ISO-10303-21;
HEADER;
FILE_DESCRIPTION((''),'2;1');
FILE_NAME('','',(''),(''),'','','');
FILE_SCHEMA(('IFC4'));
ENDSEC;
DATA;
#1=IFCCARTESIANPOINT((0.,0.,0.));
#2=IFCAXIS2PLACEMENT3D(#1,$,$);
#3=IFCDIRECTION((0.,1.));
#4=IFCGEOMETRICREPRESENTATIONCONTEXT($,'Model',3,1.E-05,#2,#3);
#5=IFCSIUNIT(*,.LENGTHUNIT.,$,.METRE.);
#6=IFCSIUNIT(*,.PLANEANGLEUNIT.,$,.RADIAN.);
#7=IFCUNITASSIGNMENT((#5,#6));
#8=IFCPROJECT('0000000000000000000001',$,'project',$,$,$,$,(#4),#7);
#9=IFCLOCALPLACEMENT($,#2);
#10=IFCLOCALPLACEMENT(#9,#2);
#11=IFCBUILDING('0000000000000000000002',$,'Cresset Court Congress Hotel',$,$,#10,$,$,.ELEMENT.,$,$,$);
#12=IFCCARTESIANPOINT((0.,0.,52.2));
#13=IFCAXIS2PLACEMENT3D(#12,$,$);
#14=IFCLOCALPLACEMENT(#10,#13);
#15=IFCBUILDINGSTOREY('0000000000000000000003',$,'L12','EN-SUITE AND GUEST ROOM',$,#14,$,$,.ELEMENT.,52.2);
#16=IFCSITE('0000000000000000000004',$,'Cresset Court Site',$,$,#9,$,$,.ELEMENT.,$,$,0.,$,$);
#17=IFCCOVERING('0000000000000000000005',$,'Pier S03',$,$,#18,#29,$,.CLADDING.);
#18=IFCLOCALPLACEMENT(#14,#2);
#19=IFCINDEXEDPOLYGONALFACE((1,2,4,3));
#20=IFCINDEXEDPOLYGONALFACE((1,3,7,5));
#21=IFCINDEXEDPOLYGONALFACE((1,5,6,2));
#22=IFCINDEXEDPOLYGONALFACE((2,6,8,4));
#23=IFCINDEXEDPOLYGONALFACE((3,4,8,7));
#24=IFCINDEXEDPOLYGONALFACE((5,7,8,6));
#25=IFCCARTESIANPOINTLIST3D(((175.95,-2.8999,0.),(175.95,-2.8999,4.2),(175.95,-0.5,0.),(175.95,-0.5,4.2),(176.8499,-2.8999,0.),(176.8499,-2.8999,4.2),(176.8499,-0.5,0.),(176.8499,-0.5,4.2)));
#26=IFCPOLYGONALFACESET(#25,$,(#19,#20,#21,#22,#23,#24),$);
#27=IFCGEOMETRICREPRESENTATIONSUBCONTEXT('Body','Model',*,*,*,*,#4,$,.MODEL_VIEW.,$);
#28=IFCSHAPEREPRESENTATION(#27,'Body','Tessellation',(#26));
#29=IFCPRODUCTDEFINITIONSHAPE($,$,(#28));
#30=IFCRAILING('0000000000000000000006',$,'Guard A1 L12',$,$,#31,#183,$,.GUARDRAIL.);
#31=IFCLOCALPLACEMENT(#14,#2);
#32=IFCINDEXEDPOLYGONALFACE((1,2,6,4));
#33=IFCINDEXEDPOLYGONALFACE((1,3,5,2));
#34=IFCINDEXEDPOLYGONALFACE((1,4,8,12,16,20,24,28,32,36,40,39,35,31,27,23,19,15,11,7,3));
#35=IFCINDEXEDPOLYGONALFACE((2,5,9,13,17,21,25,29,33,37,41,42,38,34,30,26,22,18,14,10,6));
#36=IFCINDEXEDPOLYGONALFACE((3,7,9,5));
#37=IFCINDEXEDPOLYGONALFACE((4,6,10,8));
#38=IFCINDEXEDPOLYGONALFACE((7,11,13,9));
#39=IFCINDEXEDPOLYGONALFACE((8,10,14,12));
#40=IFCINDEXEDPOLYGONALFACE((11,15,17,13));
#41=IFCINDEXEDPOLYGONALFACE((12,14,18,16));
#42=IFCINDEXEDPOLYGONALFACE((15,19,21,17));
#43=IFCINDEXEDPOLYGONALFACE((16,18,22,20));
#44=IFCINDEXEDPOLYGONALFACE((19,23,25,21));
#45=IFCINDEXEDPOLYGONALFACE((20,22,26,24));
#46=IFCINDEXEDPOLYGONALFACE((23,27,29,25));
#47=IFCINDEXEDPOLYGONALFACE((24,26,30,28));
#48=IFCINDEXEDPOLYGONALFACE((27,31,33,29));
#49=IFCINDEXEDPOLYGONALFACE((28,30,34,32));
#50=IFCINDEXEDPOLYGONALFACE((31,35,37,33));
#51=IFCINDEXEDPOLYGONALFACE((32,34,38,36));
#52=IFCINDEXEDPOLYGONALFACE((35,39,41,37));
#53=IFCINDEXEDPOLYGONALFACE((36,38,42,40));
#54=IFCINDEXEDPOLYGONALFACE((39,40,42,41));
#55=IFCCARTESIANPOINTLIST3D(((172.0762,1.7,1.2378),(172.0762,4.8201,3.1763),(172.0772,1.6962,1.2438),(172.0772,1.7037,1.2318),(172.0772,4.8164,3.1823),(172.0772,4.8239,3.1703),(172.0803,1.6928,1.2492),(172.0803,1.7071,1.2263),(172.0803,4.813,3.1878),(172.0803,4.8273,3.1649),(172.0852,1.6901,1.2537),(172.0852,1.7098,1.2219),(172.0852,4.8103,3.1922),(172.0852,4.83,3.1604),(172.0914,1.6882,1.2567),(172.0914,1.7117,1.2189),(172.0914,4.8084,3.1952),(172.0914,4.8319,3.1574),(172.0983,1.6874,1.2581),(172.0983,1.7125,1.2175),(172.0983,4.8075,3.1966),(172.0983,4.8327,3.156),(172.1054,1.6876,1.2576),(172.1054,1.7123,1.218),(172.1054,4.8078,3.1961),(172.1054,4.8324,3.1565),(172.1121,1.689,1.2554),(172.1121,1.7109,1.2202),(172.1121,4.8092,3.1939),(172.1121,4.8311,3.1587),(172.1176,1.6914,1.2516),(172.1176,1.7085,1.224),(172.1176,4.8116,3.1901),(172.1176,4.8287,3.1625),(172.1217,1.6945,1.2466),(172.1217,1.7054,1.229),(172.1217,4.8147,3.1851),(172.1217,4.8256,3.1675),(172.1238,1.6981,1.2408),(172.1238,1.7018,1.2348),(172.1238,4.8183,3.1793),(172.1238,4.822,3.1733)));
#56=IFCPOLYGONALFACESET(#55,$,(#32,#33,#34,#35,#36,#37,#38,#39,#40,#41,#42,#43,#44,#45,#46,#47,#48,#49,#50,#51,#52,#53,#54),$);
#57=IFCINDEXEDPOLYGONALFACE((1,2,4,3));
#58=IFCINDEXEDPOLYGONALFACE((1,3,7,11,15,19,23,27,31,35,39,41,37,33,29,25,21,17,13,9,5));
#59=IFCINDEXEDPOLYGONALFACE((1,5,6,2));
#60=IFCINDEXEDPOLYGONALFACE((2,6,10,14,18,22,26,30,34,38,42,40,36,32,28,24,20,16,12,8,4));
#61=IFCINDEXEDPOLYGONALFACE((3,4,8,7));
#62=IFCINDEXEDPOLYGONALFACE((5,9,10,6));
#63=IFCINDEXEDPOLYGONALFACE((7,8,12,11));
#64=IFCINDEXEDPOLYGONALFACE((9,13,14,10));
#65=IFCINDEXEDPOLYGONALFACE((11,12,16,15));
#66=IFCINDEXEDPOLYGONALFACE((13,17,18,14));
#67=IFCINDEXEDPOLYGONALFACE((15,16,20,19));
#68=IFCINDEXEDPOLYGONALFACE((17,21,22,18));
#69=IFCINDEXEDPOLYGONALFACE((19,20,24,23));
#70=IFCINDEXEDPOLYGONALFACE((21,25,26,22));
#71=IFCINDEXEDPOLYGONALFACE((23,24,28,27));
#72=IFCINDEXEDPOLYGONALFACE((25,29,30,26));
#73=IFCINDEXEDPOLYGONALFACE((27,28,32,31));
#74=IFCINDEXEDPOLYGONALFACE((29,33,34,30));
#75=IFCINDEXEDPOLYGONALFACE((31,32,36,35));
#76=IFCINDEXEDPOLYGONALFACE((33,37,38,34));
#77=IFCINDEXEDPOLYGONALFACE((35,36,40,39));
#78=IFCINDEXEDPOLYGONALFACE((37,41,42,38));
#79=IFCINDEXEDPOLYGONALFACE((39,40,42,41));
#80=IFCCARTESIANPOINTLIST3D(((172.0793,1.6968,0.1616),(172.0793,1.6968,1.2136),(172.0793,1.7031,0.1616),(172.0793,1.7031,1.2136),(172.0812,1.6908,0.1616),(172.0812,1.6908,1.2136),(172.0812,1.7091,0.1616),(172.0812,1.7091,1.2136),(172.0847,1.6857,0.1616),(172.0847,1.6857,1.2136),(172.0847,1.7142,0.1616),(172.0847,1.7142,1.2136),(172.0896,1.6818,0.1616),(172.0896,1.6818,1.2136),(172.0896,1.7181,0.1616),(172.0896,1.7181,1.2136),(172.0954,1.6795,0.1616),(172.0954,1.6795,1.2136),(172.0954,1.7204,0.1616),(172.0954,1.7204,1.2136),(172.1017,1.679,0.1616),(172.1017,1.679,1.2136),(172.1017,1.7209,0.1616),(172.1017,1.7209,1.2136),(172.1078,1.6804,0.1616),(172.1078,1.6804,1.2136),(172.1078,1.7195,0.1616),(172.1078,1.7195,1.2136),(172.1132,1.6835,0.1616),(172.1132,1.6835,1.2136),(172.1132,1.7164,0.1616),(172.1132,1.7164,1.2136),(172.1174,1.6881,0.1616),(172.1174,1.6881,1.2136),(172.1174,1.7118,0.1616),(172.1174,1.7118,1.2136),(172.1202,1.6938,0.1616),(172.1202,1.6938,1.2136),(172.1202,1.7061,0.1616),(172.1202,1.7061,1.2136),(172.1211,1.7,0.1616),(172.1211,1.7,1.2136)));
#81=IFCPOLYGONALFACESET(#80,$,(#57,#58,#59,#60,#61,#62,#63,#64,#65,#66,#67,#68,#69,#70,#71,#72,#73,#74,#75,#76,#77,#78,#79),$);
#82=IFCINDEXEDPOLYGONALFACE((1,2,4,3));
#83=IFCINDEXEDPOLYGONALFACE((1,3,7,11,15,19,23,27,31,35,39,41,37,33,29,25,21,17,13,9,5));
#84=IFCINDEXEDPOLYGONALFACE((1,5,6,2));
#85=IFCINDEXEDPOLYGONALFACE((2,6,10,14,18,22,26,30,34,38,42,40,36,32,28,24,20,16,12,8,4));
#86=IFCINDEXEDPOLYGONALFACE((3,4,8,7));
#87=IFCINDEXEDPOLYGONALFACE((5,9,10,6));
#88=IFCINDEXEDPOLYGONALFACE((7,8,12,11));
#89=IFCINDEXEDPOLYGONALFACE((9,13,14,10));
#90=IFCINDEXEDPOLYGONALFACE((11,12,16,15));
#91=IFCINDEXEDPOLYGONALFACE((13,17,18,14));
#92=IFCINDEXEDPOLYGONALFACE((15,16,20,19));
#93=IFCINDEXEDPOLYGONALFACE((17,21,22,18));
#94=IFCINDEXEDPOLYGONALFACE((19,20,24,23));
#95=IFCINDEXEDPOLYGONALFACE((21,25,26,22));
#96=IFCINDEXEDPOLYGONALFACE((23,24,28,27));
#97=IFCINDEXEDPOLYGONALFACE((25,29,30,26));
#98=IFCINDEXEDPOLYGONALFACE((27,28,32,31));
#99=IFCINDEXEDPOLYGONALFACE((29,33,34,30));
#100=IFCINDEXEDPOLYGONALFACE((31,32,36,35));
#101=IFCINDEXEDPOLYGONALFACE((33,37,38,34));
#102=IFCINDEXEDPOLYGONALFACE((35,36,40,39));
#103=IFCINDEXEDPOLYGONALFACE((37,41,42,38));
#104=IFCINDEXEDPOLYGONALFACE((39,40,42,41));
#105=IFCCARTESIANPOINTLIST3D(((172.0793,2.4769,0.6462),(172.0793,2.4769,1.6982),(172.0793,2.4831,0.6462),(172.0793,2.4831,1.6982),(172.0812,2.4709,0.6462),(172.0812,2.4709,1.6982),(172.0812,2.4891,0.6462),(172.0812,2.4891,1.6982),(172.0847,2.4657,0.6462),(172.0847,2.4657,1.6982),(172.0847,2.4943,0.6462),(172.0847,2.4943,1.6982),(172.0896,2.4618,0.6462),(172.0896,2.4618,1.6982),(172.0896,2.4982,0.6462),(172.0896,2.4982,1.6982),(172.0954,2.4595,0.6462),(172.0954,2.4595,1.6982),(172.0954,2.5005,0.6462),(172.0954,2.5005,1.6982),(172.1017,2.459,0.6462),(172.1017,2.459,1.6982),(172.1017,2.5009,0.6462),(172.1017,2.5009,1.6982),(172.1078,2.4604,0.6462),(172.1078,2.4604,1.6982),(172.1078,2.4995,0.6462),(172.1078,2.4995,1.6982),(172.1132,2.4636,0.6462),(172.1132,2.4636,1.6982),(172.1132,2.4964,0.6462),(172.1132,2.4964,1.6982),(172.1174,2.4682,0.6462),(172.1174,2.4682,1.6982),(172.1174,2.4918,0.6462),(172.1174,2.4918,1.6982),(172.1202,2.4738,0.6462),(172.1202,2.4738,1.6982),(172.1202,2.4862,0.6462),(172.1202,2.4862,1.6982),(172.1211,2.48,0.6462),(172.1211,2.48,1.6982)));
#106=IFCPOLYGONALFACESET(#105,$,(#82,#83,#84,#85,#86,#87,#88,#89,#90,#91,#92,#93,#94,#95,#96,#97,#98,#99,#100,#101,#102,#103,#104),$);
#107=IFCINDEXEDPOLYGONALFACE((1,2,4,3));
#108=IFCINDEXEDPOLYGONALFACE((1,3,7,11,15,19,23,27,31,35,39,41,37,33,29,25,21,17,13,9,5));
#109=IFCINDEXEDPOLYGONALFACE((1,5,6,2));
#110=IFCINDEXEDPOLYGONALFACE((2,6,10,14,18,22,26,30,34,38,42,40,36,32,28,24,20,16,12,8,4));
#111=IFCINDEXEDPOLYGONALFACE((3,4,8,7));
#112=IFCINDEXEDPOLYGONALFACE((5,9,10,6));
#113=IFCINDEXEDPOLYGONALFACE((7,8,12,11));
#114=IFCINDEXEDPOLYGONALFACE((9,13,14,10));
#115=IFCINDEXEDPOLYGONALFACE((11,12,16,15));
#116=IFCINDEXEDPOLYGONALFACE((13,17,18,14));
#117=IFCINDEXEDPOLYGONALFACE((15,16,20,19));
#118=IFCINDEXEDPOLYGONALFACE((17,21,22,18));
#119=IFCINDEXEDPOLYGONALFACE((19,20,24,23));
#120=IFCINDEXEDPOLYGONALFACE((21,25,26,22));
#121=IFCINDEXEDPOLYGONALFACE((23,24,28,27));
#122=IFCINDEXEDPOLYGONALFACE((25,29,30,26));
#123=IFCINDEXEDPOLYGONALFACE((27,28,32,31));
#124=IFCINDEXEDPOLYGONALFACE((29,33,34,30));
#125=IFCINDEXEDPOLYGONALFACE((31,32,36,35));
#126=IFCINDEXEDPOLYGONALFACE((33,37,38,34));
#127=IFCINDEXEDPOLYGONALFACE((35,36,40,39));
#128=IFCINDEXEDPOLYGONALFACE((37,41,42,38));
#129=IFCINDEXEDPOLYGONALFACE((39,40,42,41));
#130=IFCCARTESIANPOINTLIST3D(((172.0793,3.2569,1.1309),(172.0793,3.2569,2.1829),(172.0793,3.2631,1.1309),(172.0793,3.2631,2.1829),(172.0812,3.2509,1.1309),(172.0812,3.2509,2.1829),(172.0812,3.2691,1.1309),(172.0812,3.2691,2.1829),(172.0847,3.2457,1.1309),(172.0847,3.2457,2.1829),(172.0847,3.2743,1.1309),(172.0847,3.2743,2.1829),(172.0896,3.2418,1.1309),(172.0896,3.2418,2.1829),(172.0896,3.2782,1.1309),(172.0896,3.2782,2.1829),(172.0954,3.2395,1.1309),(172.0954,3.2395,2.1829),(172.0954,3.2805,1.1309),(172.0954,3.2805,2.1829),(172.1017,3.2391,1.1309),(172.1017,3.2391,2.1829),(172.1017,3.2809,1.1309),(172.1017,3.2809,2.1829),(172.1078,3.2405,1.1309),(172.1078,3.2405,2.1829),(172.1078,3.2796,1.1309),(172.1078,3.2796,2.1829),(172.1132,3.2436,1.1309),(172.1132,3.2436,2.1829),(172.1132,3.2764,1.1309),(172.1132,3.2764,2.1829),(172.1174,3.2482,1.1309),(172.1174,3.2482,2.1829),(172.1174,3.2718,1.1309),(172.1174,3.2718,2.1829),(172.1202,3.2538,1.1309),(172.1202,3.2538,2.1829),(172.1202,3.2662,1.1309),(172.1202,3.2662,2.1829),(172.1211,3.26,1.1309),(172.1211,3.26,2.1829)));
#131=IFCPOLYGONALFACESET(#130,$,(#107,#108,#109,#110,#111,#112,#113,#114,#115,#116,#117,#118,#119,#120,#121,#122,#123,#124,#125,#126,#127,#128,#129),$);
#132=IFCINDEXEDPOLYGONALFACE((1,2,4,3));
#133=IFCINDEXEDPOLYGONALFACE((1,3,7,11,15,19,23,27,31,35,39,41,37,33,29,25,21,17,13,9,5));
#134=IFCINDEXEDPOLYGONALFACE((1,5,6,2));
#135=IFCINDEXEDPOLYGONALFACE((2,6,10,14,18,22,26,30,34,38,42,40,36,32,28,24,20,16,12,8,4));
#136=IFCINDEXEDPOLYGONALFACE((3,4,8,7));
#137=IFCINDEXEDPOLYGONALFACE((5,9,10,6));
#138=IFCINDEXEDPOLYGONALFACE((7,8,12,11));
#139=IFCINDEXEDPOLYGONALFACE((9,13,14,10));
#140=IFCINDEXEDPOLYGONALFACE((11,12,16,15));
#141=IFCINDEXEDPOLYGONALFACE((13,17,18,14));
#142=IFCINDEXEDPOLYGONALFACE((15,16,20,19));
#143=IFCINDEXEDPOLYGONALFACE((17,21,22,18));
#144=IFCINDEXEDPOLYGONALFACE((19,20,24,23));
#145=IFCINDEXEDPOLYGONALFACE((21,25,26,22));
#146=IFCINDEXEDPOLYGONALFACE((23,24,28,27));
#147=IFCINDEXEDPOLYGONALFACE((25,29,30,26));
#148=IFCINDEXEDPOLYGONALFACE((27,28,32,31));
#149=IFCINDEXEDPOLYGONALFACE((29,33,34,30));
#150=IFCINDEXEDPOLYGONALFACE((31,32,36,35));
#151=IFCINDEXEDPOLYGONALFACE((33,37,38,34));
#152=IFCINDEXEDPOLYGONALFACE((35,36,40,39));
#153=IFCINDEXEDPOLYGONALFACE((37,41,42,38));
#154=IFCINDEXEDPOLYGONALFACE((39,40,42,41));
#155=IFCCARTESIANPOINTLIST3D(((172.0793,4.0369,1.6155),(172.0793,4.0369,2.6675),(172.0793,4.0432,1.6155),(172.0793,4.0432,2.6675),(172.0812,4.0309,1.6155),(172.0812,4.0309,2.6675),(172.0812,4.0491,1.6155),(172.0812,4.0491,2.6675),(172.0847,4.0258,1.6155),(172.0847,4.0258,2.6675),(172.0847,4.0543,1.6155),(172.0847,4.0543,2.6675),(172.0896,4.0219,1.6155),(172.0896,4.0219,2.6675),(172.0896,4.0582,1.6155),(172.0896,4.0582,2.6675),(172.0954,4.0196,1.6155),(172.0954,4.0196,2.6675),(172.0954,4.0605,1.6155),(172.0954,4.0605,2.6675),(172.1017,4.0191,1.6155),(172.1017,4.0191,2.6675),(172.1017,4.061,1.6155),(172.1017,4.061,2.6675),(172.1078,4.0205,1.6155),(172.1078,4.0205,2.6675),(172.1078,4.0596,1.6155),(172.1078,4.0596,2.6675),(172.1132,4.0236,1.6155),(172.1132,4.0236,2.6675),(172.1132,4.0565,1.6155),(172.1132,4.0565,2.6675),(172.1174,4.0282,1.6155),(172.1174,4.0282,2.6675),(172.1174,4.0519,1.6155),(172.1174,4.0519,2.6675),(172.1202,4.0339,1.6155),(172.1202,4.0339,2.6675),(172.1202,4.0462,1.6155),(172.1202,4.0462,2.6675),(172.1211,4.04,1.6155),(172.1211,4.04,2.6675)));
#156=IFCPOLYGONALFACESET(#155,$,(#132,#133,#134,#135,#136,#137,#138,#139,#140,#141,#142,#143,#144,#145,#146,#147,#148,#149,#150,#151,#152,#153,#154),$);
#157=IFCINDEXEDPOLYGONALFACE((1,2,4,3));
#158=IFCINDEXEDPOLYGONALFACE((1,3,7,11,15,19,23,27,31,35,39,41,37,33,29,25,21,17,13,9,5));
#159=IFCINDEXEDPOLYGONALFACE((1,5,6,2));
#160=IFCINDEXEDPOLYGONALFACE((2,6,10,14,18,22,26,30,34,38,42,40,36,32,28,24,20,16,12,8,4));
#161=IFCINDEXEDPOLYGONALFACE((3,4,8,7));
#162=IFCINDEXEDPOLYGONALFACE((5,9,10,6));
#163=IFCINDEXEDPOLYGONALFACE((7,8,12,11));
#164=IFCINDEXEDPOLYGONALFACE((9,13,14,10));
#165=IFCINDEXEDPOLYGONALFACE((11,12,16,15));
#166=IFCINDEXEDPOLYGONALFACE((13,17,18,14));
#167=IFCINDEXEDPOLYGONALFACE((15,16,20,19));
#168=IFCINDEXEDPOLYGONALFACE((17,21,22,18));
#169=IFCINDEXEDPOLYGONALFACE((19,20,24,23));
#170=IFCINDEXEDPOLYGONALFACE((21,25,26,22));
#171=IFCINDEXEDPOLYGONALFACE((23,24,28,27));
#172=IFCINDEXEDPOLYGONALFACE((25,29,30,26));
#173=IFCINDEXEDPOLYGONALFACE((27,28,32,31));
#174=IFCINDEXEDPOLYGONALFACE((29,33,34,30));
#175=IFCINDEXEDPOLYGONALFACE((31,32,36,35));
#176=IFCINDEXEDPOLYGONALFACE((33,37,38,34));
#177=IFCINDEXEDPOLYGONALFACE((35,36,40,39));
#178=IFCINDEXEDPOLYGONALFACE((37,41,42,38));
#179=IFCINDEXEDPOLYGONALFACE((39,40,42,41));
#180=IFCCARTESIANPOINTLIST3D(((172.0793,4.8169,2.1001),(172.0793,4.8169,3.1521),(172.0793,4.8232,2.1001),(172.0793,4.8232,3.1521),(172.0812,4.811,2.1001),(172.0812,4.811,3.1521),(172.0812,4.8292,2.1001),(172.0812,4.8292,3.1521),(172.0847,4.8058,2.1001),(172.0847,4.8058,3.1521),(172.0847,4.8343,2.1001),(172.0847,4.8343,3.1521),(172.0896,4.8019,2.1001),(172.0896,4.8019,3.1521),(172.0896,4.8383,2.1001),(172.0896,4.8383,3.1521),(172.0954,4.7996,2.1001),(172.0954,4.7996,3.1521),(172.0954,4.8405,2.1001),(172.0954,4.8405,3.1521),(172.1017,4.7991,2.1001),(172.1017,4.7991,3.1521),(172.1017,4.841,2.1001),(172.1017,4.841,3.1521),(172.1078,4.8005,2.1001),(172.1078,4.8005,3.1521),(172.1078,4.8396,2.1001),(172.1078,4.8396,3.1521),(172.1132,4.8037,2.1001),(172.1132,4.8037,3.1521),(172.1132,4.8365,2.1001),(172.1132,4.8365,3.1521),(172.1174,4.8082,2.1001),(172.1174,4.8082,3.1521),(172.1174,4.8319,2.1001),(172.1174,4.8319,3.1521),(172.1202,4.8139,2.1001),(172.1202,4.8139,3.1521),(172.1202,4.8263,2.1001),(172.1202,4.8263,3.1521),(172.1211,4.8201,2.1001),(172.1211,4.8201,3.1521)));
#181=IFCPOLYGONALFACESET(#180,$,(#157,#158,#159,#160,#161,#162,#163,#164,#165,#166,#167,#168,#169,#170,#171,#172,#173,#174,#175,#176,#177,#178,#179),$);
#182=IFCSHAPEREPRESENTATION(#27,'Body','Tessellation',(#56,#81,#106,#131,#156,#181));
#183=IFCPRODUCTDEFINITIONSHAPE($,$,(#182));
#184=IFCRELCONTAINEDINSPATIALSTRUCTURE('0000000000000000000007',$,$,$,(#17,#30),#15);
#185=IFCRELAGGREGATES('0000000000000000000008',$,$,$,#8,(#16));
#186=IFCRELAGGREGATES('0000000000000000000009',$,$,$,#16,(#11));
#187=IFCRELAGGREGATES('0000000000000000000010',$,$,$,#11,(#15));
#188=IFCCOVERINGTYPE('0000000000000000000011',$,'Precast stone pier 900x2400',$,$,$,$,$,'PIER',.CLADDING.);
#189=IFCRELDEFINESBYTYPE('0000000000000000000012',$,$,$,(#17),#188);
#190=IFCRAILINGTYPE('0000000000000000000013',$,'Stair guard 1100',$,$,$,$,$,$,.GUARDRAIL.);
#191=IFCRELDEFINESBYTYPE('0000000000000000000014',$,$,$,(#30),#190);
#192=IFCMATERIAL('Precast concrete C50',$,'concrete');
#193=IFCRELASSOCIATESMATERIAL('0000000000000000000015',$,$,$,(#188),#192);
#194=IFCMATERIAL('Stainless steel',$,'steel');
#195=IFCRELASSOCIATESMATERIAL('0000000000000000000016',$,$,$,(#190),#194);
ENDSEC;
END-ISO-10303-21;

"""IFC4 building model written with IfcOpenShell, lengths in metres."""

from ifc_helpers import new_model, si_unit, direction, frame, origin, origin_2d, place, context, subcontext, project, spatial, rectangle, circle, extrude, material, type_object, element, save


model = new_model("IFC4")

# Units and contexts
model_context = context("Model", 3, precision=1e-05, world=origin(), true_north=direction((0.0, 1.0)))
body_context = subcontext(model_context, "Body", "Model", "MODEL_VIEW")
ifc_project = project(units=[si_unit("LENGTHUNIT", "METRE"), si_unit("PLANEANGLEUNIT", "RADIAN")], contexts=[model_context])

# Site, building, storey
site_placement = place(None, origin())
site = spatial("IfcSite", under=ifc_project, at=site_placement, Name="Cresset Court Site", CompositionType="ELEMENT", RefElevation=0.0)
building_placement = place(site_placement, origin())
building = spatial("IfcBuilding", under=site, at=building_placement, Name="Cresset Court Congress Hotel", CompositionType="ELEMENT")
storey_placement = place(building_placement, frame((0.0, 0.0, 52.2)))
storey = spatial("IfcBuildingStorey", under=building, at=storey_placement, Name="L12", Description="EN-SUITE AND GUEST ROOM", CompositionType="ELEMENT", Elevation=52.2)

# Covering
ifc_material_1 = material(Name="Precast concrete C50", Category="concrete")
covering_type_1 = type_object("IfcCoveringType", Name="Precast stone pier 900x2400", ElementType="PIER", PredefinedType="CLADDING", material=ifc_material_1)
covering_1_placement = place(storey_placement, frame((176.3999, -1.7, 0.0), z_axis=(0.0, 0.0, 1.0), x_axis=(1.0, 0.0, 0.0)))
element("IfcCovering", 1, at=covering_1_placement, inside=storey, type_object=covering_type_1, Name="Pier S03", PredefinedType="CLADDING", context=body_context, shape_type="SweptSolid", body=[
    extrude(rectangle(XDim=0.8999, YDim=2.3999, at=origin_2d()), origin(), (0.0, 0.0, 1.0), 4.2),
])

# Railing
ifc_material_2 = material(Name="Stainless steel", Category="steel")
railing_type_1 = type_object("IfcRailingType", Name="Stair guard 1100", PredefinedType="GUARDRAIL", material=ifc_material_2)
railing_1_placement = place(storey_placement, frame((172.1001, 1.7, 0.1616)))
element("IfcRailing", 2, at=railing_1_placement, inside=storey, type_object=railing_type_1, Name="Guard A1 L12", PredefinedType="GUARDRAIL", context=body_context, shape_type="SweptSolid", body=[
    extrude(circle(Radius=0.0239, at=origin_2d()), frame((0.0, 0.0, 1.0762), z_axis=(0.0, 0.849414, 0.527727), x_axis=(-1.0, 0.0, 0.0)), (0.0, 0.0, 1.0), 3.6733),
    extrude(circle(Radius=0.021, at=origin_2d()), origin(), (0.0, 0.0, 1.0), 1.052),
    extrude(circle(Radius=0.021, at=origin_2d()), frame((0.0, 0.78, 0.4846)), (0.0, 0.0, 1.0), 1.052),
    extrude(circle(Radius=0.021, at=origin_2d()), frame((0.0, 1.5601, 0.9692)), (0.0, 0.0, 1.0), 1.052),
    extrude(circle(Radius=0.021, at=origin_2d()), frame((0.0, 2.3401, 1.4539)), (0.0, 0.0, 1.0), 1.052),
    extrude(circle(Radius=0.021, at=origin_2d()), frame((0.0, 3.1201, 1.9385)), (0.0, 0.0, 1.0), 1.052),
])

save(model, "model.ifc")
